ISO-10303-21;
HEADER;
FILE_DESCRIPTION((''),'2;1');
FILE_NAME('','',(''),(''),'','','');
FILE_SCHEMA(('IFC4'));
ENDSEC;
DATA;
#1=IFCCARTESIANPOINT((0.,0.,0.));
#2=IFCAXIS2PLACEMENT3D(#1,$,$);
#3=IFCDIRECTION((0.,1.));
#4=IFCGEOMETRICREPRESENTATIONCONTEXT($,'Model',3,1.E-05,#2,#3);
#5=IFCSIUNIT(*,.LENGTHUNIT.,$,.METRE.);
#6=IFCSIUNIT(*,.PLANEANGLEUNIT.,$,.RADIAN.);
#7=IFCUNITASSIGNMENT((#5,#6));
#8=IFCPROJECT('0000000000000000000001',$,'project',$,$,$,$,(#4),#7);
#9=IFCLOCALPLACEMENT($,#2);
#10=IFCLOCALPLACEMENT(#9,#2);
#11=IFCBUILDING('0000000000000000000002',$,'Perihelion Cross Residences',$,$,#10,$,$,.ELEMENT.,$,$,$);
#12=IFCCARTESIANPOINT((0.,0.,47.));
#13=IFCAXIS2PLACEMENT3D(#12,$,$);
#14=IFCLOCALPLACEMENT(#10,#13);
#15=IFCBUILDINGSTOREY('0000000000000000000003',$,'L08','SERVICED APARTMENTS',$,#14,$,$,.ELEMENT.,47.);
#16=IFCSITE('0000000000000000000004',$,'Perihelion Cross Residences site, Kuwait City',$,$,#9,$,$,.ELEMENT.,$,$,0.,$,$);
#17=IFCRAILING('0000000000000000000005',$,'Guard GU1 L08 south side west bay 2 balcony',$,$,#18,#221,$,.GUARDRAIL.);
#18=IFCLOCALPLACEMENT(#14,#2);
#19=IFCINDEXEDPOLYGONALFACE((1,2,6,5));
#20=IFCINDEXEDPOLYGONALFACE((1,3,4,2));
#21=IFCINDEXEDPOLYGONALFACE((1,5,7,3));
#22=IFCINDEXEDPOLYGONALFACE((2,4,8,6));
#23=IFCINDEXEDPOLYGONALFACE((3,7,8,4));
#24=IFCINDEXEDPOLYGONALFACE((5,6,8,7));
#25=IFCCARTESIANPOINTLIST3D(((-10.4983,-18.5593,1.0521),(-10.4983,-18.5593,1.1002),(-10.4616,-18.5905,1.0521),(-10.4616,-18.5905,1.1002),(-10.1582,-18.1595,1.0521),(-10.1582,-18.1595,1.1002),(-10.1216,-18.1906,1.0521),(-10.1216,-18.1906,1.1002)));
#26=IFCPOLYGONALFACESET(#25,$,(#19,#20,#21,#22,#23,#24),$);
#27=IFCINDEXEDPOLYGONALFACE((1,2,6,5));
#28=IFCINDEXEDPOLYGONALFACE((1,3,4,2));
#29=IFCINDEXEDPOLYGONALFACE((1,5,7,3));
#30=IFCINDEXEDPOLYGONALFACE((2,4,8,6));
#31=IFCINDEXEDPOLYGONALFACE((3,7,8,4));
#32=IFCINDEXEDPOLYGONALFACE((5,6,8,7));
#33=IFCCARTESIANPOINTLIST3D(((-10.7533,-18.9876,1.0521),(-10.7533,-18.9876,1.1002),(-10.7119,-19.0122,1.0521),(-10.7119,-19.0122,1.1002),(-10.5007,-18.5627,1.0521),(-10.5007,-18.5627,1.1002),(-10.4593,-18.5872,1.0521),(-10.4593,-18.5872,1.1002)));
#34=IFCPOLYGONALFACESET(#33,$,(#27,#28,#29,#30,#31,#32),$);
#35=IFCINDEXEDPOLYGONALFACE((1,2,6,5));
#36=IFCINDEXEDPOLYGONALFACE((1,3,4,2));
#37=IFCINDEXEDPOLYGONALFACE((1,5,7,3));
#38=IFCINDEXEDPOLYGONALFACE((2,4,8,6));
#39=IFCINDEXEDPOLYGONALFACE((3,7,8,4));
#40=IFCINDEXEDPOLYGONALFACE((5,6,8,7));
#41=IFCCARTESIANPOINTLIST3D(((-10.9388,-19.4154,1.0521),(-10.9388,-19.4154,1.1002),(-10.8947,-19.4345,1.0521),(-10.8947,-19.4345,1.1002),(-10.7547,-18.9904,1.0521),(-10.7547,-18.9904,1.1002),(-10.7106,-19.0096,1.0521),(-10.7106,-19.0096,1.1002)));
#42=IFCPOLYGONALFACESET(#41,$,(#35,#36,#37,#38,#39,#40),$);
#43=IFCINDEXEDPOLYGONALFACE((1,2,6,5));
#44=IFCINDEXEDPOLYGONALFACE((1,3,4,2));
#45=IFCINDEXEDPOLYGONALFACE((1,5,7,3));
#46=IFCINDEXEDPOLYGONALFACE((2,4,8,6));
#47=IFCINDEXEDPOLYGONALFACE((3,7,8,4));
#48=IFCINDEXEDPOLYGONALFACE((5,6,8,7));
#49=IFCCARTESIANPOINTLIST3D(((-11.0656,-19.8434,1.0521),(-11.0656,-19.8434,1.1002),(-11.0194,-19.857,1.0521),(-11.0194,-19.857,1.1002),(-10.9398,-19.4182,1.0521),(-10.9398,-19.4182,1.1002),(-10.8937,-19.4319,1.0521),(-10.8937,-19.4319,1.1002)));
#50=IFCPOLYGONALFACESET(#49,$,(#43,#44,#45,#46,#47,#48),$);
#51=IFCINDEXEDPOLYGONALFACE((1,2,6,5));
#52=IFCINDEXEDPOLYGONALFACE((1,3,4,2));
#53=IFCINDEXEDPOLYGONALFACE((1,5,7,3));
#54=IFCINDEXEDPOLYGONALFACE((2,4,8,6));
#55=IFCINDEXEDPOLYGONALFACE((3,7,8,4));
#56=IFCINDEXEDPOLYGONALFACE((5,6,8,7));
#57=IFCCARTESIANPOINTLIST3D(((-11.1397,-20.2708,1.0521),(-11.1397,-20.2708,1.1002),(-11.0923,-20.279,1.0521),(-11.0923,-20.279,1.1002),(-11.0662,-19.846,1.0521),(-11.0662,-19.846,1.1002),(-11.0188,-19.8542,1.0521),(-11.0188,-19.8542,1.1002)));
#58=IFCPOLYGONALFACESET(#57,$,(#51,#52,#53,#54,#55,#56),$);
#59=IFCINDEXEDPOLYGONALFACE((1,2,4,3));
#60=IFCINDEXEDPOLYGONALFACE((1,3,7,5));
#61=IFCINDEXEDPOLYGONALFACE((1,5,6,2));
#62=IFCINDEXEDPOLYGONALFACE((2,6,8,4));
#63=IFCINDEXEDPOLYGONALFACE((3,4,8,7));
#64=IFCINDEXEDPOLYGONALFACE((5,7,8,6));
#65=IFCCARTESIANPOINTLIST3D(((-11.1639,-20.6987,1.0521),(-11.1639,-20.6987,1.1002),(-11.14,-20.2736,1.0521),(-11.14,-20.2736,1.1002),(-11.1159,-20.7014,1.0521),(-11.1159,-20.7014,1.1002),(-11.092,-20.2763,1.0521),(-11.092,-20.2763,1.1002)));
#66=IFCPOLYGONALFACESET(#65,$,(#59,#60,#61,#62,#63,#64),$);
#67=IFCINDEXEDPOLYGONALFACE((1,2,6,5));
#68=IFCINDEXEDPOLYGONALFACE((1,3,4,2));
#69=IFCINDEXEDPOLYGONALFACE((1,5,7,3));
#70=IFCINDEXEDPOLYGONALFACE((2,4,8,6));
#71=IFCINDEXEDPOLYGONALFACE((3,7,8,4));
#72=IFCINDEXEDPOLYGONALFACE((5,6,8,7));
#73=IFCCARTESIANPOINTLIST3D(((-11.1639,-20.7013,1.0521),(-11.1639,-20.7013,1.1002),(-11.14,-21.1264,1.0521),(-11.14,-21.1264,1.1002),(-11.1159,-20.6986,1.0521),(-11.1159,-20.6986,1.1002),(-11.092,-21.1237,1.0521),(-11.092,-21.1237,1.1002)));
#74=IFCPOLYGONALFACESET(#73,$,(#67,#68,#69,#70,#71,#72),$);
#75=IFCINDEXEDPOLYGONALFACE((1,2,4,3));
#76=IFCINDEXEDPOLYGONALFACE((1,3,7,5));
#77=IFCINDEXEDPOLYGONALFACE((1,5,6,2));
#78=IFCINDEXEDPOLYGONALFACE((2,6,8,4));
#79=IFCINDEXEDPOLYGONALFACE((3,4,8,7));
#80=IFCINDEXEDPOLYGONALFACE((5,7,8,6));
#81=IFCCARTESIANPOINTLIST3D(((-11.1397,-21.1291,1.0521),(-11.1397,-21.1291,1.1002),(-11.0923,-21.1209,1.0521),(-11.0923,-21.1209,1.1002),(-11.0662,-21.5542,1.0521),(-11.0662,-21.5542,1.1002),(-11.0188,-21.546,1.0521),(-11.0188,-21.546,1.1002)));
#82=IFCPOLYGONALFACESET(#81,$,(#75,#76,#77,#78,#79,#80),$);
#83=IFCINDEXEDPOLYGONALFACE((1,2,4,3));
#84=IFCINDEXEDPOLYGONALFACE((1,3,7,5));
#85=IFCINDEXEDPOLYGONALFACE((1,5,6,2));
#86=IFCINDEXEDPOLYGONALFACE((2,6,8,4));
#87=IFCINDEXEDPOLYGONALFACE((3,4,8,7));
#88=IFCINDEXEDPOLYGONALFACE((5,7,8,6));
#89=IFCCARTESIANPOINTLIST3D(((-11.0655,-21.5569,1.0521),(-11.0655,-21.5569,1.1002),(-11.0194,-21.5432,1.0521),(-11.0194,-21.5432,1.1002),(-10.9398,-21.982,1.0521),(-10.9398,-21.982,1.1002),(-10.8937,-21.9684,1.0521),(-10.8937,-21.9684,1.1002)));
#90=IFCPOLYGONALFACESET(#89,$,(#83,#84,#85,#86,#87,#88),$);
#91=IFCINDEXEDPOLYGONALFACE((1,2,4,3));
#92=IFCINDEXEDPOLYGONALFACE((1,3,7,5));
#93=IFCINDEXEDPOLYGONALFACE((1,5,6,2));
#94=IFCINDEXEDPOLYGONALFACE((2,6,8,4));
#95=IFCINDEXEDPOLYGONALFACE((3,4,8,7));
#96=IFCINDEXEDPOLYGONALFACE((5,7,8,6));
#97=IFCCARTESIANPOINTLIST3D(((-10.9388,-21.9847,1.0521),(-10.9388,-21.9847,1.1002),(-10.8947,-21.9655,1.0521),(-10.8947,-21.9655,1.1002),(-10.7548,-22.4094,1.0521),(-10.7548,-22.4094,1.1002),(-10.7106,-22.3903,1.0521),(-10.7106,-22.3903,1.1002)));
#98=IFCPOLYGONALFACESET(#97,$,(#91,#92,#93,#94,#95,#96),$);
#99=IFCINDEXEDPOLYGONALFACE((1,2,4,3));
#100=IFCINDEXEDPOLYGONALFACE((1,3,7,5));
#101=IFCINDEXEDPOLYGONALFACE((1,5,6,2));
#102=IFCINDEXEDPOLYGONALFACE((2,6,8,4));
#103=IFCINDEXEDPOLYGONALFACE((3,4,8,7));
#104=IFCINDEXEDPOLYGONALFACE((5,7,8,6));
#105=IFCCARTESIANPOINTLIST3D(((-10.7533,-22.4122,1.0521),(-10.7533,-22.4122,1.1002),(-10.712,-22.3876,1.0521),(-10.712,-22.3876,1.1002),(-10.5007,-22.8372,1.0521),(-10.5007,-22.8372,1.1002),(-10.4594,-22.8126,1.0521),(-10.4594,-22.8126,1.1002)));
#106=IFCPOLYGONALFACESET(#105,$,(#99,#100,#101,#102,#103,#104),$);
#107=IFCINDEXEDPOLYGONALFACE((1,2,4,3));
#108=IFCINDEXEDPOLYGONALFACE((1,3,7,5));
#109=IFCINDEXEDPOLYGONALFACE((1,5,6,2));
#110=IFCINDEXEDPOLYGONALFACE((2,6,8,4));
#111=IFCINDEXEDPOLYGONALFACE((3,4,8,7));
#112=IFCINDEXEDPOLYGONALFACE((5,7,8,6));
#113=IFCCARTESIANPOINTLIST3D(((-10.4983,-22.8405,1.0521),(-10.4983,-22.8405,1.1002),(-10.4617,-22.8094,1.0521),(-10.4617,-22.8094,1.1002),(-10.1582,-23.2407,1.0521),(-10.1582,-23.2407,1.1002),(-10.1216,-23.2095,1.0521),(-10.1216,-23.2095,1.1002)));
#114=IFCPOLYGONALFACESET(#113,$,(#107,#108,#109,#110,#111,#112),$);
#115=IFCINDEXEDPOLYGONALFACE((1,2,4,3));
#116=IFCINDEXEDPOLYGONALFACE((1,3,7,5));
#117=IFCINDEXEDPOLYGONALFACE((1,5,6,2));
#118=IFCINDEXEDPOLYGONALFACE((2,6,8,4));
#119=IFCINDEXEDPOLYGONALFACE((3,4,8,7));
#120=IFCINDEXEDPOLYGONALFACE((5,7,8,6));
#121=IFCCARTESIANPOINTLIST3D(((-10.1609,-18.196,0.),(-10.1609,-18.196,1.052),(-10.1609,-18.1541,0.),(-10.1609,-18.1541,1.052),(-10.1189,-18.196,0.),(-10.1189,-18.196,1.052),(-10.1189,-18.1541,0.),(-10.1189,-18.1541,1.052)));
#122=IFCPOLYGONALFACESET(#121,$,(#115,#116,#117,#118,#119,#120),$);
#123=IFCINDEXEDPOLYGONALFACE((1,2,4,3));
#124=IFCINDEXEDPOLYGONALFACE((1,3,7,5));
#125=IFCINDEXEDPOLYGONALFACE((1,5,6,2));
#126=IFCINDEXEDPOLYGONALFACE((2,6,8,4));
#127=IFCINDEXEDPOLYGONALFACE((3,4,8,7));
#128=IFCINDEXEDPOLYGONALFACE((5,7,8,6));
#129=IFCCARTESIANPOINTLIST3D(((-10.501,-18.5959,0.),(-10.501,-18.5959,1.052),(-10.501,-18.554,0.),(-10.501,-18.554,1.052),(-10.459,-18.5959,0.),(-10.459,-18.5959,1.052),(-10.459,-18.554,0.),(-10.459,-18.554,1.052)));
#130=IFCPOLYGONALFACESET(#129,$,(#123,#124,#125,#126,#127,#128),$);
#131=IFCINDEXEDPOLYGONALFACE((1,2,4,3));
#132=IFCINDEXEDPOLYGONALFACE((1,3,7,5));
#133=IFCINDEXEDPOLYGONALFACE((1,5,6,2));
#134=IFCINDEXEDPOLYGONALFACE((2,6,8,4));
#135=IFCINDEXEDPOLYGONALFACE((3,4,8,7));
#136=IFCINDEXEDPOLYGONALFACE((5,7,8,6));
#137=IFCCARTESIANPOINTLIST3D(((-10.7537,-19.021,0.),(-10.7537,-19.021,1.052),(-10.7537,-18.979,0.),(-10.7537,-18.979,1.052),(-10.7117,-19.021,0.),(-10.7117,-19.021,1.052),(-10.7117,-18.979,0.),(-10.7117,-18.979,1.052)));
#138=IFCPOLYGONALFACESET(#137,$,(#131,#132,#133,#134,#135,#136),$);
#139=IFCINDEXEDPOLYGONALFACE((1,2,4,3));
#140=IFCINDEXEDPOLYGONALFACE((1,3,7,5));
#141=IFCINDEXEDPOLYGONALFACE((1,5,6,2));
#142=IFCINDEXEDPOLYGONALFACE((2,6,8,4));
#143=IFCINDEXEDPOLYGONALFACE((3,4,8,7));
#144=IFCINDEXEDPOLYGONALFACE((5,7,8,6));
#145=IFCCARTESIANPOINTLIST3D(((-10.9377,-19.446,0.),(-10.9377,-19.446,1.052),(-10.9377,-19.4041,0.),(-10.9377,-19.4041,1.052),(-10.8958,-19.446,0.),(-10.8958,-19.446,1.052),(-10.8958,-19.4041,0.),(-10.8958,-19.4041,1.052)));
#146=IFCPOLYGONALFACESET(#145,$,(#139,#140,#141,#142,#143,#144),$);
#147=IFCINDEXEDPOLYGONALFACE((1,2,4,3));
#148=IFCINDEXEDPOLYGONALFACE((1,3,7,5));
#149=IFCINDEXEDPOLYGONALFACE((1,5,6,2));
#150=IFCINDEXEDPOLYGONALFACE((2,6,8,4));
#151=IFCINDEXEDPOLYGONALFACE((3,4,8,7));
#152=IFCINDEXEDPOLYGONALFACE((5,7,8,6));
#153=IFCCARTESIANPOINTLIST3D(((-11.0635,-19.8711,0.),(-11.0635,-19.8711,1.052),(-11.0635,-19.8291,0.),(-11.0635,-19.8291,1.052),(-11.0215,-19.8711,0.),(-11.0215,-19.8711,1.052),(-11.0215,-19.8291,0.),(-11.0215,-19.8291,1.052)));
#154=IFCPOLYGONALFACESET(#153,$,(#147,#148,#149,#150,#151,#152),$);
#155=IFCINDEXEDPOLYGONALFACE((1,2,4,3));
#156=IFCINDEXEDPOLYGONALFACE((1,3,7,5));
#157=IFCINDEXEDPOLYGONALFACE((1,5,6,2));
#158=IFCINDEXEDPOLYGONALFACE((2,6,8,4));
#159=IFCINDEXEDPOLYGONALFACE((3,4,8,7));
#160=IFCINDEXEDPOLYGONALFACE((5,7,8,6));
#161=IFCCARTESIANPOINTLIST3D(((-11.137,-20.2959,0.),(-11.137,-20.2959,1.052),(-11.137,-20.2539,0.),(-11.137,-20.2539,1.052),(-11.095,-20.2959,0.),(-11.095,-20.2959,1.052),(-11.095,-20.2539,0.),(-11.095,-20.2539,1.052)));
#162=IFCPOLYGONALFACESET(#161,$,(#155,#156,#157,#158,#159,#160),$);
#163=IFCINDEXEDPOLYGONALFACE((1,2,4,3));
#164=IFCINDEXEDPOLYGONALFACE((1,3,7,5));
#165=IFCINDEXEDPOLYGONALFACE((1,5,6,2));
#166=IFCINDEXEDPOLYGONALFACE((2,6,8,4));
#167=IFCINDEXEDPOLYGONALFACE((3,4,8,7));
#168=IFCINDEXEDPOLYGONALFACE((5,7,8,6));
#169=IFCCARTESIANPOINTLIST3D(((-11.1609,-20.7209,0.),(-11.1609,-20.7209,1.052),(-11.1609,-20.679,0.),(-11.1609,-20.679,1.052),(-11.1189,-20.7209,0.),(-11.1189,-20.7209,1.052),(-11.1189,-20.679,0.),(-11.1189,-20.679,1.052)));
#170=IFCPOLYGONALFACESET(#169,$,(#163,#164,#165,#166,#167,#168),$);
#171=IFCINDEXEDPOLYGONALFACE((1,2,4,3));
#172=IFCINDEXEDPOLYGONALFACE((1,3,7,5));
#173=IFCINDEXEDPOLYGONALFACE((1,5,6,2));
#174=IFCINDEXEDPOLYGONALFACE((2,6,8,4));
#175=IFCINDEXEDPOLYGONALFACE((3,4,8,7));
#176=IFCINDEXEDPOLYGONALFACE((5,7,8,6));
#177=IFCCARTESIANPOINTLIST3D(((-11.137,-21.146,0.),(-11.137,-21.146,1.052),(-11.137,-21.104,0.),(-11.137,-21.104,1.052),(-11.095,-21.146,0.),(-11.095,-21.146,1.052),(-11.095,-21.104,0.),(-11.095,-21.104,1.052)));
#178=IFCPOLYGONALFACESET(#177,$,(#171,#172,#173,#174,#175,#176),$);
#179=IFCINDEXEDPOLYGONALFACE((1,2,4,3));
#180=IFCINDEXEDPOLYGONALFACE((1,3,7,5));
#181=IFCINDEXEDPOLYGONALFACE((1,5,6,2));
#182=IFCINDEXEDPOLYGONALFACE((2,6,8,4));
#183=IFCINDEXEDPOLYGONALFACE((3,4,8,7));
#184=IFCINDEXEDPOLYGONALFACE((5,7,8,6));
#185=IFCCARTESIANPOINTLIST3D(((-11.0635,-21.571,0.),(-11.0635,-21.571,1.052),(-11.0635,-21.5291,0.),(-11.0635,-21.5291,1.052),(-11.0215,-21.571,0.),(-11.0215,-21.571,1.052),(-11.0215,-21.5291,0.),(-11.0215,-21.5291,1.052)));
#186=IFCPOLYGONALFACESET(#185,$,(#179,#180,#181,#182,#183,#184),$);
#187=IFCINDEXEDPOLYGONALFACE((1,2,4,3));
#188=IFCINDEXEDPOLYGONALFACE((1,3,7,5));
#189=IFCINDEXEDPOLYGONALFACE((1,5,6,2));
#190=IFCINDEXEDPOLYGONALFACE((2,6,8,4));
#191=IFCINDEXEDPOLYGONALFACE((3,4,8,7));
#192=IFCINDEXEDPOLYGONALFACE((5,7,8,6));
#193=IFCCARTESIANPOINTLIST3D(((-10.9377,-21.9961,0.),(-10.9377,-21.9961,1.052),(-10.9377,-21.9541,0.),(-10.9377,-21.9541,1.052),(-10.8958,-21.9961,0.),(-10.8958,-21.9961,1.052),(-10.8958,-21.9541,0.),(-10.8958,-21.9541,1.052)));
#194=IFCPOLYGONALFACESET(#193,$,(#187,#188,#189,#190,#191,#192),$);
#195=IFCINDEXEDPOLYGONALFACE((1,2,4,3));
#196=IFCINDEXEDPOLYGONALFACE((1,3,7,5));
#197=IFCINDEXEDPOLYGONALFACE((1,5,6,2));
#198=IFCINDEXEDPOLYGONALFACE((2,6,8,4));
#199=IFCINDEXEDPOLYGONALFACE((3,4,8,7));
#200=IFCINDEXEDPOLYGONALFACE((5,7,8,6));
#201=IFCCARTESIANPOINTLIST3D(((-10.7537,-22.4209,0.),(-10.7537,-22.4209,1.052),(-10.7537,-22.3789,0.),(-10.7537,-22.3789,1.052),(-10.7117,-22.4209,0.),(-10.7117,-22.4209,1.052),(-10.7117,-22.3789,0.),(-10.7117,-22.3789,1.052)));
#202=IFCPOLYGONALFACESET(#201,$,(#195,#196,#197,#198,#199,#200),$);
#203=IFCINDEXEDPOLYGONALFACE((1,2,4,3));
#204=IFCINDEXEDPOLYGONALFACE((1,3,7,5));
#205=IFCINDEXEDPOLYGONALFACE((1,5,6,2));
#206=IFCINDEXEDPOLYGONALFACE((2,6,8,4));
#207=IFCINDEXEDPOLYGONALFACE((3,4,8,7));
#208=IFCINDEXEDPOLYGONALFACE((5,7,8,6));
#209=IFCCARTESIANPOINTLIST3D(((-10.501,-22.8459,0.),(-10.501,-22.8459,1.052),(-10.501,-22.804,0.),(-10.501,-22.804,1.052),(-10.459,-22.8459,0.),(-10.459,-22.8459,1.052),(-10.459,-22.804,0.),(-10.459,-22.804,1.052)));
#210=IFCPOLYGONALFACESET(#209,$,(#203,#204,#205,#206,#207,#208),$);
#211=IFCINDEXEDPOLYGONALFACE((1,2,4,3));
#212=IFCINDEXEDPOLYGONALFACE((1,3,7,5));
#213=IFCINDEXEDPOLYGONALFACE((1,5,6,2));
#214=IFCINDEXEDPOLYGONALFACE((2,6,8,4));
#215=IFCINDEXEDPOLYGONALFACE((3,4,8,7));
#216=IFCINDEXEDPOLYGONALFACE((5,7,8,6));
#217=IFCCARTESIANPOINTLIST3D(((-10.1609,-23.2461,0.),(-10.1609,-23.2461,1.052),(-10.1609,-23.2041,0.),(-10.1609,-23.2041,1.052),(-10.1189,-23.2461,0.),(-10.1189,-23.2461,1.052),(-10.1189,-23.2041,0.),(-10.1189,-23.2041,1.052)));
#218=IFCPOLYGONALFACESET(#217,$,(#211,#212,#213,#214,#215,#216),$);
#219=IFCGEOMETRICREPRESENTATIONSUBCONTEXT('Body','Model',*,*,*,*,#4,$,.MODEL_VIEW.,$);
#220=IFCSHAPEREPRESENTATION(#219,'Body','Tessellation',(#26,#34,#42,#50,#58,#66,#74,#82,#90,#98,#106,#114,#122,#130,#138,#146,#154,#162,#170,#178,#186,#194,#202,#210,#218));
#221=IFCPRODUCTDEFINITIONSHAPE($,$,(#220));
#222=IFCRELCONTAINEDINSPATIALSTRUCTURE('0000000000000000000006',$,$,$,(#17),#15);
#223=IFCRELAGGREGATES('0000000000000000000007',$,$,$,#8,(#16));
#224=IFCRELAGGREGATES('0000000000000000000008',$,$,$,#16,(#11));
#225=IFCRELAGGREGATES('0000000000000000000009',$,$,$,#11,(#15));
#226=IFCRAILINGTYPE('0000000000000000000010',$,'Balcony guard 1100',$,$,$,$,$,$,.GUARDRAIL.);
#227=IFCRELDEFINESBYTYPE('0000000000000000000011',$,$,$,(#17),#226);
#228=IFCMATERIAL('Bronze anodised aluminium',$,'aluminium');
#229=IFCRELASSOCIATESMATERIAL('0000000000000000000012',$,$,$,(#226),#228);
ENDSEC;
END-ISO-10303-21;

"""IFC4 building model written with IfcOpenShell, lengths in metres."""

from ifc_helpers import new_model, si_unit, direction, frame, origin, origin_2d, place, context, subcontext, project, spatial, rectangle, extrude, material, type_object, element, save


model = new_model("IFC4")

# Units and contexts
model_context = context("Model", 3, precision=1e-05, world=origin(), true_north=direction((0.0, 1.0)))
body_context = subcontext(model_context, "Body", "Model", "MODEL_VIEW")
ifc_project = project(units=[si_unit("LENGTHUNIT", "METRE"), si_unit("PLANEANGLEUNIT", "RADIAN")], contexts=[model_context])

# Site, building, storey
site_placement = place(None, origin())
site = spatial("IfcSite", under=ifc_project, at=site_placement, Name="Perihelion Cross Residences site, Kuwait City", CompositionType="ELEMENT", RefElevation=0.0)
building_placement = place(site_placement, origin())
building = spatial("IfcBuilding", under=site, at=building_placement, Name="Perihelion Cross Residences", CompositionType="ELEMENT")
storey_placement = place(building_placement, frame((0.0, 0.0, 47.0)))
storey = spatial("IfcBuildingStorey", under=building, at=storey_placement, Name="L08", Description="SERVICED APARTMENTS", CompositionType="ELEMENT", Elevation=47.0)

# Railing
ifc_material_1 = material(Name="Bronze anodised aluminium", Category="aluminium")
railing_type = type_object("IfcRailingType", Name="Balcony guard 1100", PredefinedType="GUARDRAIL", material=ifc_material_1)
railing_1_placement = place(storey_placement, frame((-10.1399, -18.175, 0.0)))
element("IfcRailing", 1, at=railing_1_placement, inside=storey, type_object=railing_type, Name="Guard GU1 L08 south side west bay 2 balcony", PredefinedType="GUARDRAIL", context=body_context, shape_type="SweptSolid", body=[
    extrude(rectangle(XDim=0.0481, YDim=0.0481, at=origin_2d()), frame((0.0, 0.0, 1.0762), z_axis=(-0.647837, -0.761779, 0.0), x_axis=(0.761779, -0.647837, 0.0)), (0.0, 0.0, 1.0), 0.5249),
    extrude(rectangle(XDim=0.0481, YDim=0.0481, at=origin_2d()), frame((-0.3401, -0.3999, 1.0762), z_axis=(-0.511006, -0.859577, 0.0), x_axis=(0.859577, -0.511006, 0.0)), (0.0, 0.0, 1.0), 0.4944),
    extrude(rectangle(XDim=0.0481, YDim=0.0481, at=origin_2d()), frame((-0.5928, -0.825, 1.0762), z_axis=(-0.397415, -0.917639, 0.0), x_axis=(0.917639, -0.397415, 0.0)), (0.0, 0.0, 1.0), 0.4631),
    extrude(rectangle(XDim=0.0481, YDim=0.0481, at=origin_2d()), frame((-0.7769, -1.25, 1.0762), z_axis=(-0.283657, -0.958926, 0.0), x_axis=(0.958926, -0.283657, 0.0)), (0.0, 0.0, 1.0), 0.4434),
    extrude(rectangle(XDim=0.0481, YDim=0.0481, at=origin_2d()), frame((-0.9026, -1.675, 1.0762), z_axis=(-0.170457, -0.985365, 0.0), x_axis=(0.985365, -0.170457, 0.0)), (0.0, 0.0, 1.0), 0.4312),
    extrude(rectangle(XDim=0.0481, YDim=0.0481, at=origin_2d()), frame((-0.9761, -2.0999, 1.0762), z_axis=(-0.056201, -0.99842, 0.0), x_axis=(0.99842, -0.056201, 0.0)), (0.0, 0.0, 1.0), 0.4258),
    extrude(rectangle(XDim=0.0481, YDim=0.0481, at=origin_2d()), frame((-1.0, -2.5249, 1.0762), z_axis=(0.056201, -0.99842, 0.0), x_axis=(0.99842, 0.056201, 0.0)), (0.0, 0.0, 1.0), 0.4258),
    extrude(rectangle(XDim=0.0481, YDim=0.0481, at=origin_2d()), frame((-0.9761, -2.95, 1.0762), z_axis=(0.170362, -0.985382, 0.0), x_axis=(0.985382, 0.170362, 0.0)), (0.0, 0.0, 1.0), 0.4314),
    extrude(rectangle(XDim=0.0481, YDim=0.0481, at=origin_2d()), frame((-0.9026, -3.375, 1.0762), z_axis=(0.283657, -0.958926, 0.0), x_axis=(0.958926, 0.283657, 0.0)), (0.0, 0.0, 1.0), 0.4434),
    extrude(rectangle(XDim=0.0481, YDim=0.0481, at=origin_2d()), frame((-0.7769, -3.8, 1.0762), z_axis=(0.397607, -0.917556, 0.0), x_axis=(0.917556, 0.397607, 0.0)), (0.0, 0.0, 1.0), 0.4629),
    extrude(rectangle(XDim=0.0481, YDim=0.0481, at=origin_2d()), frame((-0.5928, -4.2249, 1.0762), z_axis=(0.511006, -0.859577, 0.0), x_axis=(0.859577, 0.511006, 0.0)), (0.0, 0.0, 1.0), 0.4944),
    extrude(rectangle(XDim=0.0481, YDim=0.0481, at=origin_2d()), frame((-0.3401, -4.6499, 1.0762), z_axis=(0.647608, -0.761974, 0.0), x_axis=(0.761974, 0.647608, 0.0)), (0.0, 0.0, 1.0), 0.5251),
    extrude(rectangle(XDim=0.042, YDim=0.042, at=origin_2d()), origin(), (0.0, 0.0, 1.0), 1.052),
    extrude(rectangle(XDim=0.042, YDim=0.042, at=origin_2d()), frame((-0.3401, -0.3999, 0.0)), (0.0, 0.0, 1.0), 1.052),
    extrude(rectangle(XDim=0.042, YDim=0.042, at=origin_2d()), frame((-0.5928, -0.825, 0.0)), (0.0, 0.0, 1.0), 1.052),
    extrude(rectangle(XDim=0.042, YDim=0.042, at=origin_2d()), frame((-0.7769, -1.25, 0.0)), (0.0, 0.0, 1.0), 1.052),
    extrude(rectangle(XDim=0.042, YDim=0.042, at=origin_2d()), frame((-0.9026, -1.675, 0.0)), (0.0, 0.0, 1.0), 1.052),
    extrude(rectangle(XDim=0.042, YDim=0.042, at=origin_2d()), frame((-0.9761, -2.0999, 0.0)), (0.0, 0.0, 1.0), 1.052),
    extrude(rectangle(XDim=0.042, YDim=0.042, at=origin_2d()), frame((-1.0, -2.5249, 0.0)), (0.0, 0.0, 1.0), 1.052),
    extrude(rectangle(XDim=0.042, YDim=0.042, at=origin_2d()), frame((-0.9761, -2.95, 0.0)), (0.0, 0.0, 1.0), 1.052),
    extrude(rectangle(XDim=0.042, YDim=0.042, at=origin_2d()), frame((-0.9026, -3.375, 0.0)), (0.0, 0.0, 1.0), 1.052),
    extrude(rectangle(XDim=0.042, YDim=0.042, at=origin_2d()), frame((-0.7769, -3.8, 0.0)), (0.0, 0.0, 1.0), 1.052),
    extrude(rectangle(XDim=0.042, YDim=0.042, at=origin_2d()), frame((-0.5928, -4.2249, 0.0)), (0.0, 0.0, 1.0), 1.052),
    extrude(rectangle(XDim=0.042, YDim=0.042, at=origin_2d()), frame((-0.3401, -4.6499, 0.0)), (0.0, 0.0, 1.0), 1.052),
    extrude(rectangle(XDim=0.042, YDim=0.042, at=origin_2d()), frame((0.0, -5.05, 0.0)), (0.0, 0.0, 1.0), 1.052),
])

save(model, "model.ifc")
